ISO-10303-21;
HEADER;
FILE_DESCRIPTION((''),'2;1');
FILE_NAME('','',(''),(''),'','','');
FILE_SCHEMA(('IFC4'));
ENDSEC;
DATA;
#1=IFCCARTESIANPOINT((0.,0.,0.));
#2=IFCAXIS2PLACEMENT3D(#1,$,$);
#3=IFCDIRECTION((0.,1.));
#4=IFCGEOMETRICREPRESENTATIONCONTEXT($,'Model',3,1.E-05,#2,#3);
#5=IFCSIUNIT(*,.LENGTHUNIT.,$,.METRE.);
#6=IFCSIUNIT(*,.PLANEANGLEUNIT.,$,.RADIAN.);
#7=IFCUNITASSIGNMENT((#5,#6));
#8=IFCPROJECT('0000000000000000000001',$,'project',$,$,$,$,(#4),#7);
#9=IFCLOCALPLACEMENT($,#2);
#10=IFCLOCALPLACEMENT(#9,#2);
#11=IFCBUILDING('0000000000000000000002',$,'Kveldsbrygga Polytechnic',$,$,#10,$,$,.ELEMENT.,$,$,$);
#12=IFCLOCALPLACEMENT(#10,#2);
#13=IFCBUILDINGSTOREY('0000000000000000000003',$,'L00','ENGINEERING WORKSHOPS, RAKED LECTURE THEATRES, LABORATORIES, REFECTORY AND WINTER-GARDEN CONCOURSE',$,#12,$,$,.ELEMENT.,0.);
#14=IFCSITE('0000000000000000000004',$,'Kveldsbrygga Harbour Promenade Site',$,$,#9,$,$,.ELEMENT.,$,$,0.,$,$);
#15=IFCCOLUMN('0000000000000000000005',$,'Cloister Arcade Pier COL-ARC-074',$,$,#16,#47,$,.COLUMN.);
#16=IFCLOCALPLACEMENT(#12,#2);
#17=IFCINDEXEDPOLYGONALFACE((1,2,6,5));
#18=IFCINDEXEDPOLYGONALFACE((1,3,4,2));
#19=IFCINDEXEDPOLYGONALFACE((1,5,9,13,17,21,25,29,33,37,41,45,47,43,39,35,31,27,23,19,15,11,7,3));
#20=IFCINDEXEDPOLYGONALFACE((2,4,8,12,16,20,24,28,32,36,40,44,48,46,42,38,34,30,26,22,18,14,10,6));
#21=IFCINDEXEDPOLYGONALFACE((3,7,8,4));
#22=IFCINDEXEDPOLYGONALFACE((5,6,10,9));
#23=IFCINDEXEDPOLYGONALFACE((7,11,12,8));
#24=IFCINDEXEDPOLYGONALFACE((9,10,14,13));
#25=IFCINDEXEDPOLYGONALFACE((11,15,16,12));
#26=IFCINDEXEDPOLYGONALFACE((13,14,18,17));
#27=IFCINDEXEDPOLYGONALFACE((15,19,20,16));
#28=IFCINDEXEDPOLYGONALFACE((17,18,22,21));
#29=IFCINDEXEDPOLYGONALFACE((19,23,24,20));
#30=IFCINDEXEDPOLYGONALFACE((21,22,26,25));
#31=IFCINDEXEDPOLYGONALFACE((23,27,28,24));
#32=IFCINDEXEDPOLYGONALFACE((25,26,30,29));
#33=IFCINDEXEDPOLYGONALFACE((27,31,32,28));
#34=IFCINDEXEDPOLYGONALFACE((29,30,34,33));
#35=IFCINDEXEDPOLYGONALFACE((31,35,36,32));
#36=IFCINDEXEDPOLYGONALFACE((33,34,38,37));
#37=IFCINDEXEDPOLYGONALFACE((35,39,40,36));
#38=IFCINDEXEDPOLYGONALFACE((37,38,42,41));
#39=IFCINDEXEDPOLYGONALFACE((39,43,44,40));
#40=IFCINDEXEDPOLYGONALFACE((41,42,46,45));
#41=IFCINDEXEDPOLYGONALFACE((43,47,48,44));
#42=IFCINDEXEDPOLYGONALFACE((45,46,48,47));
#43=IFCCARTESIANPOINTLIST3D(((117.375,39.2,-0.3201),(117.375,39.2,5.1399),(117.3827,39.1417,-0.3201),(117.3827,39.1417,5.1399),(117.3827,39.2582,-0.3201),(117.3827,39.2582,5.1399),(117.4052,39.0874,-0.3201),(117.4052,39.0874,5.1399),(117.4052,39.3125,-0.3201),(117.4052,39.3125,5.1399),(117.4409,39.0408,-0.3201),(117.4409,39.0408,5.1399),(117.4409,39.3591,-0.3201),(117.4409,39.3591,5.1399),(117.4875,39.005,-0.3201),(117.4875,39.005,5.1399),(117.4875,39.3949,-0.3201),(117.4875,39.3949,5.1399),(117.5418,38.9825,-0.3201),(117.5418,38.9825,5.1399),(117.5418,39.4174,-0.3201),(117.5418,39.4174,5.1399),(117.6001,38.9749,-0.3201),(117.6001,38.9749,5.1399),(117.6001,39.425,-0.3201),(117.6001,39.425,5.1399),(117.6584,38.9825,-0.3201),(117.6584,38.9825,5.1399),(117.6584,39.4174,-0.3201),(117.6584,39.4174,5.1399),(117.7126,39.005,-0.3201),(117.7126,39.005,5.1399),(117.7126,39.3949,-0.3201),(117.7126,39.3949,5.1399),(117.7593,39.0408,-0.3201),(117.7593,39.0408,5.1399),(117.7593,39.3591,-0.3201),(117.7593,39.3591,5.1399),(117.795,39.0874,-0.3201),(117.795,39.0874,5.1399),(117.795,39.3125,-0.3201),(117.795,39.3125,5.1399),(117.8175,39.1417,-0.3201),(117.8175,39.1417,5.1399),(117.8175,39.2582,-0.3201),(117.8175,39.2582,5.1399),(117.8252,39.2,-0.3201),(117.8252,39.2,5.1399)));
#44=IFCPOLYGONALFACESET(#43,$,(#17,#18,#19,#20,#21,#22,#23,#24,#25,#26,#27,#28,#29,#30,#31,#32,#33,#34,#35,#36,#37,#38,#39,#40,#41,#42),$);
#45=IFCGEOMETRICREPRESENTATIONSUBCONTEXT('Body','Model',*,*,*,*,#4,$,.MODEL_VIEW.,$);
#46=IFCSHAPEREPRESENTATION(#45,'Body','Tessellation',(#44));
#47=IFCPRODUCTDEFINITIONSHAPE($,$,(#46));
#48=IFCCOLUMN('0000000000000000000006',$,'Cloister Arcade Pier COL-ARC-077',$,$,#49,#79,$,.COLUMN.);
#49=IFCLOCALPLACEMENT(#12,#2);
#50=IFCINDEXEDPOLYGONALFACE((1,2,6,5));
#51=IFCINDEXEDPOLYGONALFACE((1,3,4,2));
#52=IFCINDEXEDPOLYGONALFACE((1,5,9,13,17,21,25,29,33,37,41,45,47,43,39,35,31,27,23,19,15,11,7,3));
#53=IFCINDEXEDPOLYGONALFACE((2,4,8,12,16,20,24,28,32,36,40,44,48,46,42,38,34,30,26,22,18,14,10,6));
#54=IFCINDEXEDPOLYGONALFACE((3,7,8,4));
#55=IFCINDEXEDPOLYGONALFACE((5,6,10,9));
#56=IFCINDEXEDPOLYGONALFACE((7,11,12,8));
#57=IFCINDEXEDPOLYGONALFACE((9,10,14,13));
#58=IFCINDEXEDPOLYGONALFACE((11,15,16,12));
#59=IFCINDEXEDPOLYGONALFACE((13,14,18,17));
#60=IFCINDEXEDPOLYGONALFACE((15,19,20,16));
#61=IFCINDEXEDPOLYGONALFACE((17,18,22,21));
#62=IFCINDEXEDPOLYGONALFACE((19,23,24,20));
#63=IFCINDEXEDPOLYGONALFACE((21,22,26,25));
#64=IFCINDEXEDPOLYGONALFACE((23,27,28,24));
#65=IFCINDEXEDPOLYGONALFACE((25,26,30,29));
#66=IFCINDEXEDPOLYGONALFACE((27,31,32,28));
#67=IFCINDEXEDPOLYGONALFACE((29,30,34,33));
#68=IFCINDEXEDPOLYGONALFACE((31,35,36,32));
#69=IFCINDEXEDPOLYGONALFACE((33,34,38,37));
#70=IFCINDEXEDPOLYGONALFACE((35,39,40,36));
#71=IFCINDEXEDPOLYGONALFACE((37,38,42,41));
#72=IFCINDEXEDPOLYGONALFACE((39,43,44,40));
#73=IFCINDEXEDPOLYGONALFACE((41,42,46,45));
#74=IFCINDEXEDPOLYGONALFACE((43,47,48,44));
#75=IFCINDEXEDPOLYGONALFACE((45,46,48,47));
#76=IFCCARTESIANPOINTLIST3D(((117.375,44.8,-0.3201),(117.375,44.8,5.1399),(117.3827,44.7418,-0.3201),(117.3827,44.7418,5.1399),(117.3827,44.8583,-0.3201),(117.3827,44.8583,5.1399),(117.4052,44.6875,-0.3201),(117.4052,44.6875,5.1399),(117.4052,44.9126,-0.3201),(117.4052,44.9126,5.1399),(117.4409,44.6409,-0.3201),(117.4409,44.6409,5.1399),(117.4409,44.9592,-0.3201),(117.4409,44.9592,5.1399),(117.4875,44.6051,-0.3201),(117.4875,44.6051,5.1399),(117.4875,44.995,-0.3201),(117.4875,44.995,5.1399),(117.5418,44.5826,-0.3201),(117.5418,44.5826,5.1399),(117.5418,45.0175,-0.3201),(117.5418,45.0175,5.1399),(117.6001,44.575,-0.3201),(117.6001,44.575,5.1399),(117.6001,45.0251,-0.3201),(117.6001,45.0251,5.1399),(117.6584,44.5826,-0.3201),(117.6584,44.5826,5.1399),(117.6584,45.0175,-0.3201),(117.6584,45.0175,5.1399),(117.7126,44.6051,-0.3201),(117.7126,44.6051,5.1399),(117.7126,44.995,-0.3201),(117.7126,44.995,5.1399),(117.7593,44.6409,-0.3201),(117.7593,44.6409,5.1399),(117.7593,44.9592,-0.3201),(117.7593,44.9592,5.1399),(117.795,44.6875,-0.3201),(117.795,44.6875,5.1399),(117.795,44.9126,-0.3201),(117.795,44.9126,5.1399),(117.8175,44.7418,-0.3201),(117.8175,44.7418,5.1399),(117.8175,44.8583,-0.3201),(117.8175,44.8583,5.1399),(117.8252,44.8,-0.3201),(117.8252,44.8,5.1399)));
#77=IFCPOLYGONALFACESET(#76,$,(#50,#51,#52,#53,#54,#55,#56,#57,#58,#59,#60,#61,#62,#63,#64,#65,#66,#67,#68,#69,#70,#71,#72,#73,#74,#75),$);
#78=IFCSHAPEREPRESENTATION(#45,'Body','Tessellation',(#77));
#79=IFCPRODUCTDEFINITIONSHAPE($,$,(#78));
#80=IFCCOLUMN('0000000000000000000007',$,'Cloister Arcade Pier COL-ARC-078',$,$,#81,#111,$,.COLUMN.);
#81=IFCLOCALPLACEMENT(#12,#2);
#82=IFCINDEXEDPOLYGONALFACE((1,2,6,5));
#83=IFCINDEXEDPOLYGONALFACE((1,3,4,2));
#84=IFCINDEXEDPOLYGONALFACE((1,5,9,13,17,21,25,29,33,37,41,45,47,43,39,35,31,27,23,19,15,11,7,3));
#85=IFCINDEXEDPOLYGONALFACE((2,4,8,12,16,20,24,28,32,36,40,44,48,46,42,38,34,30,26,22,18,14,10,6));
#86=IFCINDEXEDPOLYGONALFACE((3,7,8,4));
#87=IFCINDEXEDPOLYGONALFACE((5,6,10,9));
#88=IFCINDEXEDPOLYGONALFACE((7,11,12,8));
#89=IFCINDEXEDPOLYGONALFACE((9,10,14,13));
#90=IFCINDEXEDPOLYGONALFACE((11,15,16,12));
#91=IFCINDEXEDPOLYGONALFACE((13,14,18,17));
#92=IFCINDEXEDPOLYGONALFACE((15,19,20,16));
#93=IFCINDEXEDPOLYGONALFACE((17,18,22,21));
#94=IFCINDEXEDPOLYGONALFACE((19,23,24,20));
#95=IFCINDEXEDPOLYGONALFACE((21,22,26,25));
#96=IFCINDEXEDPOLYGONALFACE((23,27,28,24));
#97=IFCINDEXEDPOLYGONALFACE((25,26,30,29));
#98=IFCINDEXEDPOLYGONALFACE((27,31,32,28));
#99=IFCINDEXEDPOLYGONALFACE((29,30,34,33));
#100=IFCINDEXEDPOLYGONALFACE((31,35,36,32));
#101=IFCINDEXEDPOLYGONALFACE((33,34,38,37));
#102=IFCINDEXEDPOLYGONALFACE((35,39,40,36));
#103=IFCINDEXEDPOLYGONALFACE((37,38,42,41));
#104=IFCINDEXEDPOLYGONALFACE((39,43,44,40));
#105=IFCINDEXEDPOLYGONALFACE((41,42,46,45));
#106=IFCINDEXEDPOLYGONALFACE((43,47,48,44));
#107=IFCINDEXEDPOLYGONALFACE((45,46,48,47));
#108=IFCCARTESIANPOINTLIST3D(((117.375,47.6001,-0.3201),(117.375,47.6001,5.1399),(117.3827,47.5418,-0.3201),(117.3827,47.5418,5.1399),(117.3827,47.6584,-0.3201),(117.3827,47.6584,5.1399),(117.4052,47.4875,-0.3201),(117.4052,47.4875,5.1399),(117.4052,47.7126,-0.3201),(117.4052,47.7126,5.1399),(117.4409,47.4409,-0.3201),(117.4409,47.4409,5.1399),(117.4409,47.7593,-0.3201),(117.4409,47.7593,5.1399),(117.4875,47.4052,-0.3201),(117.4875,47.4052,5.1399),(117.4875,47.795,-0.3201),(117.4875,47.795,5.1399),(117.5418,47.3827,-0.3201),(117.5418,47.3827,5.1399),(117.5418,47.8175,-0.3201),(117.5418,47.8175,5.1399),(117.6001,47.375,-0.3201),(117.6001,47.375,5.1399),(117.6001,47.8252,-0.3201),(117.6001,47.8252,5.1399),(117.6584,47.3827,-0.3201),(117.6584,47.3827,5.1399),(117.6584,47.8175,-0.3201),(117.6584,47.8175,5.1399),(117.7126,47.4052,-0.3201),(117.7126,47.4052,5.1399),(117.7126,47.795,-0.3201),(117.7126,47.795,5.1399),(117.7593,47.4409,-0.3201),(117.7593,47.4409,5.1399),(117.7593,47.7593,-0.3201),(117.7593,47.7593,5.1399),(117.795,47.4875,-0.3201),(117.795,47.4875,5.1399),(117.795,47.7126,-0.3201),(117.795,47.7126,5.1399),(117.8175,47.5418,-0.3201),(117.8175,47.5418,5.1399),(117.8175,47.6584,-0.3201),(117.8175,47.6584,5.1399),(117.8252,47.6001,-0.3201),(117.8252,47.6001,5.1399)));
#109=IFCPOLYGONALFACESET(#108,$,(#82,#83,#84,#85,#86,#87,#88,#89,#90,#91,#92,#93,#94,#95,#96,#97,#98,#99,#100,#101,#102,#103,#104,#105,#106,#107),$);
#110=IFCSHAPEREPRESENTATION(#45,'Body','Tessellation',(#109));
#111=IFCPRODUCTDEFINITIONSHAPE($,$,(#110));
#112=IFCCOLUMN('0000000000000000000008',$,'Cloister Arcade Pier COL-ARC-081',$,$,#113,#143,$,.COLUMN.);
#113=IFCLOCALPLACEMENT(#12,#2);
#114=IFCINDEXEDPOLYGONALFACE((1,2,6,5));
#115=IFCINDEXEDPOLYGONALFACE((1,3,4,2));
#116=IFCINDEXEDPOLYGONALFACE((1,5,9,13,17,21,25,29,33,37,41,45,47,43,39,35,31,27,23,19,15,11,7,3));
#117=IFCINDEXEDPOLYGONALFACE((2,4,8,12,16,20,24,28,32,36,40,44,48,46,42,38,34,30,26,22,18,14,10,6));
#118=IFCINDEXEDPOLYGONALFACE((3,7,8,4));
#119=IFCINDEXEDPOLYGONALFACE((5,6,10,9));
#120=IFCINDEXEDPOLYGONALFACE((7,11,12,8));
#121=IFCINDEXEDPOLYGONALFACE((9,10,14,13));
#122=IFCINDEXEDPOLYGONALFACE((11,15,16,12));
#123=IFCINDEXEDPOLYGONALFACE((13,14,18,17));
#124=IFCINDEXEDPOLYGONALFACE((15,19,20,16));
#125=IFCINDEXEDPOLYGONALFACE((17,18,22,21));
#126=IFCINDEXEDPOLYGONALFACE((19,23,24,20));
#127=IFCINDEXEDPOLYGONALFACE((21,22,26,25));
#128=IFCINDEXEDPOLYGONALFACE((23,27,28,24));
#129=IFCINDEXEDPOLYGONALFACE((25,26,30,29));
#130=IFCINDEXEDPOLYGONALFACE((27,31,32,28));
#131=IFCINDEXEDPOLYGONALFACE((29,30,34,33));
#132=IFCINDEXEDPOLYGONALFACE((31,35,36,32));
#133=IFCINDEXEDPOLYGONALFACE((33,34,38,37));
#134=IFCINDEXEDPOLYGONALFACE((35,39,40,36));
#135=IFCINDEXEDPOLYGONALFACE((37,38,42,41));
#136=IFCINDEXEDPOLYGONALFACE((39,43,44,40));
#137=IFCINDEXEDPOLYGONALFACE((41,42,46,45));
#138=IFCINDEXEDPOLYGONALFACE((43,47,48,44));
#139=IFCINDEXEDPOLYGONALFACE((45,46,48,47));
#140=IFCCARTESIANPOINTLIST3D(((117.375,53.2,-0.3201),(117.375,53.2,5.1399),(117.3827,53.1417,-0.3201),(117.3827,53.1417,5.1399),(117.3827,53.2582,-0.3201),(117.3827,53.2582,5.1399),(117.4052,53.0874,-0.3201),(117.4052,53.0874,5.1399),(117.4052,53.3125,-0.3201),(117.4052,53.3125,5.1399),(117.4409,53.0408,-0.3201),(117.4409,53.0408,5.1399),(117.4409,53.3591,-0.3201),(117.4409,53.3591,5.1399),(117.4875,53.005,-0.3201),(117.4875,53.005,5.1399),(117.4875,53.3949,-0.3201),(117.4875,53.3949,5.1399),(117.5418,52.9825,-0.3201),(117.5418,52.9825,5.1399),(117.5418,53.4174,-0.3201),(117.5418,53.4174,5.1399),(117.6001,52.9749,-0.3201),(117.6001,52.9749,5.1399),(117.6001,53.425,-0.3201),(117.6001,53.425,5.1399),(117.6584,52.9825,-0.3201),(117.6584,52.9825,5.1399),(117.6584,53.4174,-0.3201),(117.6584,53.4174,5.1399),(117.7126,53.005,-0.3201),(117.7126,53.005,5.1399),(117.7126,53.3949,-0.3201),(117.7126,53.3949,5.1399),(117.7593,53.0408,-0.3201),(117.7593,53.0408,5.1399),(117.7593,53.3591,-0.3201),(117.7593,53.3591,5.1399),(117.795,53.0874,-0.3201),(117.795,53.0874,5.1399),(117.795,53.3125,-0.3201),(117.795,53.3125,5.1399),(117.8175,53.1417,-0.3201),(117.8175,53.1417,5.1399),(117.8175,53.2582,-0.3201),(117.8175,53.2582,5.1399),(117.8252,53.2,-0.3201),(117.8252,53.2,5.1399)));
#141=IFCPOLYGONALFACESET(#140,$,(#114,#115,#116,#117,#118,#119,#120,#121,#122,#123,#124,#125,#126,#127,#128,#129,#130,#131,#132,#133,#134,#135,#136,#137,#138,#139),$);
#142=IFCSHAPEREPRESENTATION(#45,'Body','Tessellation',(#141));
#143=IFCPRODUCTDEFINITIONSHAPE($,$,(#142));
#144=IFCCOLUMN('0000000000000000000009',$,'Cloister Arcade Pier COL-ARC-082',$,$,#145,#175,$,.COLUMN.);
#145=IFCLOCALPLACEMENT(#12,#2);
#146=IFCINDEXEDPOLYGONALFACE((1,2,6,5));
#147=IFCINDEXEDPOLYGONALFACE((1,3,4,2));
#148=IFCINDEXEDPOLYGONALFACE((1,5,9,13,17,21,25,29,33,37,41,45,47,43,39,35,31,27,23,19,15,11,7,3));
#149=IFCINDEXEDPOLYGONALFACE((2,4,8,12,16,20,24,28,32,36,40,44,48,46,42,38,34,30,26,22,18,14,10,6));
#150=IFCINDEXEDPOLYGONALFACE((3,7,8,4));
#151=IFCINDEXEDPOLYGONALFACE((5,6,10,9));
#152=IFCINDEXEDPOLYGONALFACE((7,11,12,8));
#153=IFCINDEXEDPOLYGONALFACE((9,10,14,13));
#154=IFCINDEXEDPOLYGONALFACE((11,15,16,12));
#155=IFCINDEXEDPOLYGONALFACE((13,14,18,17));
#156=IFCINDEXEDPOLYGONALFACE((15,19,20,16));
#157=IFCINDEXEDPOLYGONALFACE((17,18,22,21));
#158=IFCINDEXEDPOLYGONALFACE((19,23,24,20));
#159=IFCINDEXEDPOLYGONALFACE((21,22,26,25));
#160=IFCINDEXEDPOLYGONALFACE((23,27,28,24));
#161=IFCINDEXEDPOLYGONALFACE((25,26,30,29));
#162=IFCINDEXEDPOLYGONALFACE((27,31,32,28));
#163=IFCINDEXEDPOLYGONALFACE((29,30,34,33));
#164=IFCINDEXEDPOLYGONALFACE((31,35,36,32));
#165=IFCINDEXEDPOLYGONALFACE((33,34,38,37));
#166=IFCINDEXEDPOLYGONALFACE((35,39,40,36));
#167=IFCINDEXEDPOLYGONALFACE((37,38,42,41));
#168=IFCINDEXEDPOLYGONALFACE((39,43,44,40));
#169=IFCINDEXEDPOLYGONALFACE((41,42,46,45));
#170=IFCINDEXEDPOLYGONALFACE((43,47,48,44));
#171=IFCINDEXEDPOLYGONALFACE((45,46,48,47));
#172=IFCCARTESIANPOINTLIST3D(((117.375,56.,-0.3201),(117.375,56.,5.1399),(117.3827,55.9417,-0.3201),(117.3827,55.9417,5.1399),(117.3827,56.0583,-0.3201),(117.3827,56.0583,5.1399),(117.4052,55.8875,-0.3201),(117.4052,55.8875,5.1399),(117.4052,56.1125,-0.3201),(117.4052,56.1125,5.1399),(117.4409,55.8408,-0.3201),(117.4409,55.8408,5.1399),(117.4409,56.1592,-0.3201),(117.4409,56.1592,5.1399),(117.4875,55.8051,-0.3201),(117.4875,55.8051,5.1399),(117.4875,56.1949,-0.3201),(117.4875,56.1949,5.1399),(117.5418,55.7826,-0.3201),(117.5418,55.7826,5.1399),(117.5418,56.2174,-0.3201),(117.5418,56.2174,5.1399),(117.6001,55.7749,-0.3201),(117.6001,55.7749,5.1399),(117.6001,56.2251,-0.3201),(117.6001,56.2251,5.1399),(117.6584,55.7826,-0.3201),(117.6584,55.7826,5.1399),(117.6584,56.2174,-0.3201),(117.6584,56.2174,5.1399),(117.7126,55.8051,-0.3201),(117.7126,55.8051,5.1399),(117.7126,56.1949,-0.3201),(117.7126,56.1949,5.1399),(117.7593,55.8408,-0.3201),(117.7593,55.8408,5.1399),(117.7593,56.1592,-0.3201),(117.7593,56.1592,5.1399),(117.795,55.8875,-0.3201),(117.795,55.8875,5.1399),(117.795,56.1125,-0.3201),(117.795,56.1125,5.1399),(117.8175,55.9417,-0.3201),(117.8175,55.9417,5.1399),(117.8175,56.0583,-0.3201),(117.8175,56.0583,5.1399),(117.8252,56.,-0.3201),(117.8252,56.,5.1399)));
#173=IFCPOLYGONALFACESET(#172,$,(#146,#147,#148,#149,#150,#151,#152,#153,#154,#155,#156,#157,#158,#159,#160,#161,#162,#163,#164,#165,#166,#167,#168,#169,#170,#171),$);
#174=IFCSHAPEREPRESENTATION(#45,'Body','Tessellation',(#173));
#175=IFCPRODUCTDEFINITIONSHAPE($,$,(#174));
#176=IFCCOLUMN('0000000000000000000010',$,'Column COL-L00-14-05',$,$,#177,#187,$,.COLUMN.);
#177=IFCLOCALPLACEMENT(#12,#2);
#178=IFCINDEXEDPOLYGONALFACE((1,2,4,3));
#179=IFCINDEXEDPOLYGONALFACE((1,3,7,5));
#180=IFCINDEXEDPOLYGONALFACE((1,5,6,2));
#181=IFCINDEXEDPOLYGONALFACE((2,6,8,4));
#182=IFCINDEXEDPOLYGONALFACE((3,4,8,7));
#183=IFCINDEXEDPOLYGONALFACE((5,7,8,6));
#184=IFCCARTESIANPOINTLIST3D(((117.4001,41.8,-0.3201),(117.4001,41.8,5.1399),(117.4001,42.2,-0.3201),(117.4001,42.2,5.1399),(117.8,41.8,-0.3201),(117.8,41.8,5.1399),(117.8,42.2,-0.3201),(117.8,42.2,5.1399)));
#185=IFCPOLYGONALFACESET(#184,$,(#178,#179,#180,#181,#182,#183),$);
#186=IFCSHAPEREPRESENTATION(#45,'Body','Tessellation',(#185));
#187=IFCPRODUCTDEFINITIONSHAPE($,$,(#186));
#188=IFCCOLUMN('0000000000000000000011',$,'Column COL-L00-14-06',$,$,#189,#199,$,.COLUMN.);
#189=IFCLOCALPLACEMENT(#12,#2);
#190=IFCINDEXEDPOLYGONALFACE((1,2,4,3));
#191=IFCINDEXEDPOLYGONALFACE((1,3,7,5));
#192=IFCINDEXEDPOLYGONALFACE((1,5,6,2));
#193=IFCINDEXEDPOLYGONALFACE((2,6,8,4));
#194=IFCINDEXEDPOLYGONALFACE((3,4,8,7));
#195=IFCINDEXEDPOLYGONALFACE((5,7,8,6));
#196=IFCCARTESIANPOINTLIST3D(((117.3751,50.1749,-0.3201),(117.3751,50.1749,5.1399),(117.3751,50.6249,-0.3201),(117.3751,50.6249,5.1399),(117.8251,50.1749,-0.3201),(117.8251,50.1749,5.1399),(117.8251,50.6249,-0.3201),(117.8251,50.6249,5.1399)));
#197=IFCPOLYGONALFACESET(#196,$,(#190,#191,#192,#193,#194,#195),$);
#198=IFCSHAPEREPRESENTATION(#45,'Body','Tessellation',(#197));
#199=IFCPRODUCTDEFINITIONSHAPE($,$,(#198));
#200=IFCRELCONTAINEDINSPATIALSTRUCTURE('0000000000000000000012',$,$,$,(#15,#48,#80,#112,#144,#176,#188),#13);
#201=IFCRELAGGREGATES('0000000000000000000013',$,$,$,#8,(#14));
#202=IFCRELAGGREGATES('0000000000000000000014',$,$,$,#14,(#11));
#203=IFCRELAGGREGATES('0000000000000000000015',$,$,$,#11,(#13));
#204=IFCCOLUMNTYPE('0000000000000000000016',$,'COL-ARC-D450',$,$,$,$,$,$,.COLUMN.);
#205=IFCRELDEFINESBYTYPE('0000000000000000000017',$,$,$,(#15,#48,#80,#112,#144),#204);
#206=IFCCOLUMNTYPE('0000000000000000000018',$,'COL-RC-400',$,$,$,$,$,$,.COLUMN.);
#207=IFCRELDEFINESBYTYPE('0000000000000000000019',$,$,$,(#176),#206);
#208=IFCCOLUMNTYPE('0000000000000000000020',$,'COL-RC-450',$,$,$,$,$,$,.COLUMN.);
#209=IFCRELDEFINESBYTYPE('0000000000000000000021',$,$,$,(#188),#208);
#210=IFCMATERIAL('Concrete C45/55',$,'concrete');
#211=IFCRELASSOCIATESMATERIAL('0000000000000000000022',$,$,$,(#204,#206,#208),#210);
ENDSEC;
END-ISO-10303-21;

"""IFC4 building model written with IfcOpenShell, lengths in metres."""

from ifc_helpers import new_model, si_unit, direction, frame, origin, origin_2d, place, context, subcontext, project, spatial, rectangle, circle, extrude, material, material_profile, profile_set, type_object, element, save


model = new_model("IFC4")

# Units and contexts
model_context = context("Model", 3, precision=1e-05, world=origin(), true_north=direction((0.0, 1.0)))
body_context = subcontext(model_context, "Body", "Model", "MODEL_VIEW")
ifc_project = project(units=[si_unit("LENGTHUNIT", "METRE"), si_unit("PLANEANGLEUNIT", "RADIAN")], contexts=[model_context])

# Site, building, storey
site_placement = place(None, origin())
site = spatial("IfcSite", under=ifc_project, at=site_placement, Name="Kveldsbrygga Harbour Promenade Site", CompositionType="ELEMENT", RefElevation=0.0)
building_placement = place(site_placement, origin())
building = spatial("IfcBuilding", under=site, at=building_placement, Name="Kveldsbrygga Polytechnic", CompositionType="ELEMENT")
storey_placement = place(building_placement, origin())
storey = spatial("IfcBuildingStorey", under=building, at=storey_placement, Name="L00", Description="ENGINEERING WORKSHOPS, RAKED LECTURE THEATRES, LABORATORIES, REFECTORY AND WINTER-GARDEN CONCOURSE", CompositionType="ELEMENT", Elevation=0.0)

# Shared definitions
ifc_material_1 = material(Name="Concrete C45/55", Category="concrete")

# Columns
ifc_material_profile_1 = material_profile(ifc_material_1, circle(Radius=0.2251, at=origin_2d()), Name="RC D450")
ifc_profile_set_1 = profile_set([ifc_material_profile_1], Name="Concrete C45/55")
column_type_1 = type_object("IfcColumnType", Name="COL-ARC-D450", PredefinedType="COLUMN", material=ifc_profile_set_1)
for number, where, z_axis, x_axis, name in (
    (1, (117.6001, 39.2, -0.3201), (0.0, 0.0, 1.0), (1.0, 0.0, 0.0), "Cloister Arcade Pier COL-ARC-074"),
    (2, (117.6001, 44.8, -0.3201), (0.0, 0.0, 1.0), (1.0, 0.0, 0.0), "Cloister Arcade Pier COL-ARC-077"),
    (3, (117.6001, 47.6001, -0.3201), (0.0, 0.0, 1.0), (1.0, 0.0, 0.0), "Cloister Arcade Pier COL-ARC-078"),
    (4, (117.6001, 53.2, -0.3201), (0.0, 0.0, 1.0), (1.0, 0.0, 0.0), "Cloister Arcade Pier COL-ARC-081"),
    (5, (117.6001, 56.0, -0.3201), (0.0, 0.0, 1.0), (1.0, 0.0, 0.0), "Cloister Arcade Pier COL-ARC-082"),
):
    element("IfcColumn", number, at=place(storey_placement, frame(where, z_axis=z_axis, x_axis=x_axis)), inside=storey, type_object=column_type_1, Name=name, PredefinedType="COLUMN", context=body_context, shape_type="SweptSolid", body=[
        extrude(circle(Radius=0.2251, at=origin_2d()), origin(), (0.0, 0.0, 1.0), 5.46),
    ])
ifc_material_profile_2 = material_profile(ifc_material_1, rectangle(XDim=0.3999, YDim=0.3999, at=origin_2d()), Name="RC 400x400")
ifc_profile_set_2 = profile_set([ifc_material_profile_2], Name="Concrete C45/55")
column_type_2 = type_object("IfcColumnType", Name="COL-RC-400", PredefinedType="COLUMN", material=ifc_profile_set_2)
column_1_placement = place(storey_placement, frame((117.6001, 42.0, -0.3201), z_axis=(0.0, 0.0, 1.0), x_axis=(1.0, 0.0, 0.0)))
element("IfcColumn", 6, at=column_1_placement, inside=storey, type_object=column_type_2, Name="Column COL-L00-14-05", PredefinedType="COLUMN", context=body_context, shape_type="SweptSolid", body=[
    extrude(rectangle(XDim=0.3999, YDim=0.3999, at=origin_2d()), origin(), (0.0, 0.0, 1.0), 5.46),
])
ifc_material_profile_3 = material_profile(ifc_material_1, rectangle(XDim=0.45, YDim=0.45, at=origin_2d()), Name="RC 450x450")
ifc_profile_set_3 = profile_set([ifc_material_profile_3], Name="Concrete C45/55")
column_type_3 = type_object("IfcColumnType", Name="COL-RC-450", PredefinedType="COLUMN", material=ifc_profile_set_3)
column_2_placement = place(storey_placement, frame((117.6001, 50.3999, -0.3201), z_axis=(0.0, 0.0, 1.0), x_axis=(1.0, 0.0, 0.0)))
element("IfcColumn", 7, at=column_2_placement, inside=storey, type_object=column_type_3, Name="Column COL-L00-14-06", PredefinedType="COLUMN", context=body_context, shape_type="SweptSolid", body=[
    extrude(rectangle(XDim=0.45, YDim=0.45, at=origin_2d()), origin(), (0.0, 0.0, 1.0), 5.46),
])

save(model, "model.ifc")
